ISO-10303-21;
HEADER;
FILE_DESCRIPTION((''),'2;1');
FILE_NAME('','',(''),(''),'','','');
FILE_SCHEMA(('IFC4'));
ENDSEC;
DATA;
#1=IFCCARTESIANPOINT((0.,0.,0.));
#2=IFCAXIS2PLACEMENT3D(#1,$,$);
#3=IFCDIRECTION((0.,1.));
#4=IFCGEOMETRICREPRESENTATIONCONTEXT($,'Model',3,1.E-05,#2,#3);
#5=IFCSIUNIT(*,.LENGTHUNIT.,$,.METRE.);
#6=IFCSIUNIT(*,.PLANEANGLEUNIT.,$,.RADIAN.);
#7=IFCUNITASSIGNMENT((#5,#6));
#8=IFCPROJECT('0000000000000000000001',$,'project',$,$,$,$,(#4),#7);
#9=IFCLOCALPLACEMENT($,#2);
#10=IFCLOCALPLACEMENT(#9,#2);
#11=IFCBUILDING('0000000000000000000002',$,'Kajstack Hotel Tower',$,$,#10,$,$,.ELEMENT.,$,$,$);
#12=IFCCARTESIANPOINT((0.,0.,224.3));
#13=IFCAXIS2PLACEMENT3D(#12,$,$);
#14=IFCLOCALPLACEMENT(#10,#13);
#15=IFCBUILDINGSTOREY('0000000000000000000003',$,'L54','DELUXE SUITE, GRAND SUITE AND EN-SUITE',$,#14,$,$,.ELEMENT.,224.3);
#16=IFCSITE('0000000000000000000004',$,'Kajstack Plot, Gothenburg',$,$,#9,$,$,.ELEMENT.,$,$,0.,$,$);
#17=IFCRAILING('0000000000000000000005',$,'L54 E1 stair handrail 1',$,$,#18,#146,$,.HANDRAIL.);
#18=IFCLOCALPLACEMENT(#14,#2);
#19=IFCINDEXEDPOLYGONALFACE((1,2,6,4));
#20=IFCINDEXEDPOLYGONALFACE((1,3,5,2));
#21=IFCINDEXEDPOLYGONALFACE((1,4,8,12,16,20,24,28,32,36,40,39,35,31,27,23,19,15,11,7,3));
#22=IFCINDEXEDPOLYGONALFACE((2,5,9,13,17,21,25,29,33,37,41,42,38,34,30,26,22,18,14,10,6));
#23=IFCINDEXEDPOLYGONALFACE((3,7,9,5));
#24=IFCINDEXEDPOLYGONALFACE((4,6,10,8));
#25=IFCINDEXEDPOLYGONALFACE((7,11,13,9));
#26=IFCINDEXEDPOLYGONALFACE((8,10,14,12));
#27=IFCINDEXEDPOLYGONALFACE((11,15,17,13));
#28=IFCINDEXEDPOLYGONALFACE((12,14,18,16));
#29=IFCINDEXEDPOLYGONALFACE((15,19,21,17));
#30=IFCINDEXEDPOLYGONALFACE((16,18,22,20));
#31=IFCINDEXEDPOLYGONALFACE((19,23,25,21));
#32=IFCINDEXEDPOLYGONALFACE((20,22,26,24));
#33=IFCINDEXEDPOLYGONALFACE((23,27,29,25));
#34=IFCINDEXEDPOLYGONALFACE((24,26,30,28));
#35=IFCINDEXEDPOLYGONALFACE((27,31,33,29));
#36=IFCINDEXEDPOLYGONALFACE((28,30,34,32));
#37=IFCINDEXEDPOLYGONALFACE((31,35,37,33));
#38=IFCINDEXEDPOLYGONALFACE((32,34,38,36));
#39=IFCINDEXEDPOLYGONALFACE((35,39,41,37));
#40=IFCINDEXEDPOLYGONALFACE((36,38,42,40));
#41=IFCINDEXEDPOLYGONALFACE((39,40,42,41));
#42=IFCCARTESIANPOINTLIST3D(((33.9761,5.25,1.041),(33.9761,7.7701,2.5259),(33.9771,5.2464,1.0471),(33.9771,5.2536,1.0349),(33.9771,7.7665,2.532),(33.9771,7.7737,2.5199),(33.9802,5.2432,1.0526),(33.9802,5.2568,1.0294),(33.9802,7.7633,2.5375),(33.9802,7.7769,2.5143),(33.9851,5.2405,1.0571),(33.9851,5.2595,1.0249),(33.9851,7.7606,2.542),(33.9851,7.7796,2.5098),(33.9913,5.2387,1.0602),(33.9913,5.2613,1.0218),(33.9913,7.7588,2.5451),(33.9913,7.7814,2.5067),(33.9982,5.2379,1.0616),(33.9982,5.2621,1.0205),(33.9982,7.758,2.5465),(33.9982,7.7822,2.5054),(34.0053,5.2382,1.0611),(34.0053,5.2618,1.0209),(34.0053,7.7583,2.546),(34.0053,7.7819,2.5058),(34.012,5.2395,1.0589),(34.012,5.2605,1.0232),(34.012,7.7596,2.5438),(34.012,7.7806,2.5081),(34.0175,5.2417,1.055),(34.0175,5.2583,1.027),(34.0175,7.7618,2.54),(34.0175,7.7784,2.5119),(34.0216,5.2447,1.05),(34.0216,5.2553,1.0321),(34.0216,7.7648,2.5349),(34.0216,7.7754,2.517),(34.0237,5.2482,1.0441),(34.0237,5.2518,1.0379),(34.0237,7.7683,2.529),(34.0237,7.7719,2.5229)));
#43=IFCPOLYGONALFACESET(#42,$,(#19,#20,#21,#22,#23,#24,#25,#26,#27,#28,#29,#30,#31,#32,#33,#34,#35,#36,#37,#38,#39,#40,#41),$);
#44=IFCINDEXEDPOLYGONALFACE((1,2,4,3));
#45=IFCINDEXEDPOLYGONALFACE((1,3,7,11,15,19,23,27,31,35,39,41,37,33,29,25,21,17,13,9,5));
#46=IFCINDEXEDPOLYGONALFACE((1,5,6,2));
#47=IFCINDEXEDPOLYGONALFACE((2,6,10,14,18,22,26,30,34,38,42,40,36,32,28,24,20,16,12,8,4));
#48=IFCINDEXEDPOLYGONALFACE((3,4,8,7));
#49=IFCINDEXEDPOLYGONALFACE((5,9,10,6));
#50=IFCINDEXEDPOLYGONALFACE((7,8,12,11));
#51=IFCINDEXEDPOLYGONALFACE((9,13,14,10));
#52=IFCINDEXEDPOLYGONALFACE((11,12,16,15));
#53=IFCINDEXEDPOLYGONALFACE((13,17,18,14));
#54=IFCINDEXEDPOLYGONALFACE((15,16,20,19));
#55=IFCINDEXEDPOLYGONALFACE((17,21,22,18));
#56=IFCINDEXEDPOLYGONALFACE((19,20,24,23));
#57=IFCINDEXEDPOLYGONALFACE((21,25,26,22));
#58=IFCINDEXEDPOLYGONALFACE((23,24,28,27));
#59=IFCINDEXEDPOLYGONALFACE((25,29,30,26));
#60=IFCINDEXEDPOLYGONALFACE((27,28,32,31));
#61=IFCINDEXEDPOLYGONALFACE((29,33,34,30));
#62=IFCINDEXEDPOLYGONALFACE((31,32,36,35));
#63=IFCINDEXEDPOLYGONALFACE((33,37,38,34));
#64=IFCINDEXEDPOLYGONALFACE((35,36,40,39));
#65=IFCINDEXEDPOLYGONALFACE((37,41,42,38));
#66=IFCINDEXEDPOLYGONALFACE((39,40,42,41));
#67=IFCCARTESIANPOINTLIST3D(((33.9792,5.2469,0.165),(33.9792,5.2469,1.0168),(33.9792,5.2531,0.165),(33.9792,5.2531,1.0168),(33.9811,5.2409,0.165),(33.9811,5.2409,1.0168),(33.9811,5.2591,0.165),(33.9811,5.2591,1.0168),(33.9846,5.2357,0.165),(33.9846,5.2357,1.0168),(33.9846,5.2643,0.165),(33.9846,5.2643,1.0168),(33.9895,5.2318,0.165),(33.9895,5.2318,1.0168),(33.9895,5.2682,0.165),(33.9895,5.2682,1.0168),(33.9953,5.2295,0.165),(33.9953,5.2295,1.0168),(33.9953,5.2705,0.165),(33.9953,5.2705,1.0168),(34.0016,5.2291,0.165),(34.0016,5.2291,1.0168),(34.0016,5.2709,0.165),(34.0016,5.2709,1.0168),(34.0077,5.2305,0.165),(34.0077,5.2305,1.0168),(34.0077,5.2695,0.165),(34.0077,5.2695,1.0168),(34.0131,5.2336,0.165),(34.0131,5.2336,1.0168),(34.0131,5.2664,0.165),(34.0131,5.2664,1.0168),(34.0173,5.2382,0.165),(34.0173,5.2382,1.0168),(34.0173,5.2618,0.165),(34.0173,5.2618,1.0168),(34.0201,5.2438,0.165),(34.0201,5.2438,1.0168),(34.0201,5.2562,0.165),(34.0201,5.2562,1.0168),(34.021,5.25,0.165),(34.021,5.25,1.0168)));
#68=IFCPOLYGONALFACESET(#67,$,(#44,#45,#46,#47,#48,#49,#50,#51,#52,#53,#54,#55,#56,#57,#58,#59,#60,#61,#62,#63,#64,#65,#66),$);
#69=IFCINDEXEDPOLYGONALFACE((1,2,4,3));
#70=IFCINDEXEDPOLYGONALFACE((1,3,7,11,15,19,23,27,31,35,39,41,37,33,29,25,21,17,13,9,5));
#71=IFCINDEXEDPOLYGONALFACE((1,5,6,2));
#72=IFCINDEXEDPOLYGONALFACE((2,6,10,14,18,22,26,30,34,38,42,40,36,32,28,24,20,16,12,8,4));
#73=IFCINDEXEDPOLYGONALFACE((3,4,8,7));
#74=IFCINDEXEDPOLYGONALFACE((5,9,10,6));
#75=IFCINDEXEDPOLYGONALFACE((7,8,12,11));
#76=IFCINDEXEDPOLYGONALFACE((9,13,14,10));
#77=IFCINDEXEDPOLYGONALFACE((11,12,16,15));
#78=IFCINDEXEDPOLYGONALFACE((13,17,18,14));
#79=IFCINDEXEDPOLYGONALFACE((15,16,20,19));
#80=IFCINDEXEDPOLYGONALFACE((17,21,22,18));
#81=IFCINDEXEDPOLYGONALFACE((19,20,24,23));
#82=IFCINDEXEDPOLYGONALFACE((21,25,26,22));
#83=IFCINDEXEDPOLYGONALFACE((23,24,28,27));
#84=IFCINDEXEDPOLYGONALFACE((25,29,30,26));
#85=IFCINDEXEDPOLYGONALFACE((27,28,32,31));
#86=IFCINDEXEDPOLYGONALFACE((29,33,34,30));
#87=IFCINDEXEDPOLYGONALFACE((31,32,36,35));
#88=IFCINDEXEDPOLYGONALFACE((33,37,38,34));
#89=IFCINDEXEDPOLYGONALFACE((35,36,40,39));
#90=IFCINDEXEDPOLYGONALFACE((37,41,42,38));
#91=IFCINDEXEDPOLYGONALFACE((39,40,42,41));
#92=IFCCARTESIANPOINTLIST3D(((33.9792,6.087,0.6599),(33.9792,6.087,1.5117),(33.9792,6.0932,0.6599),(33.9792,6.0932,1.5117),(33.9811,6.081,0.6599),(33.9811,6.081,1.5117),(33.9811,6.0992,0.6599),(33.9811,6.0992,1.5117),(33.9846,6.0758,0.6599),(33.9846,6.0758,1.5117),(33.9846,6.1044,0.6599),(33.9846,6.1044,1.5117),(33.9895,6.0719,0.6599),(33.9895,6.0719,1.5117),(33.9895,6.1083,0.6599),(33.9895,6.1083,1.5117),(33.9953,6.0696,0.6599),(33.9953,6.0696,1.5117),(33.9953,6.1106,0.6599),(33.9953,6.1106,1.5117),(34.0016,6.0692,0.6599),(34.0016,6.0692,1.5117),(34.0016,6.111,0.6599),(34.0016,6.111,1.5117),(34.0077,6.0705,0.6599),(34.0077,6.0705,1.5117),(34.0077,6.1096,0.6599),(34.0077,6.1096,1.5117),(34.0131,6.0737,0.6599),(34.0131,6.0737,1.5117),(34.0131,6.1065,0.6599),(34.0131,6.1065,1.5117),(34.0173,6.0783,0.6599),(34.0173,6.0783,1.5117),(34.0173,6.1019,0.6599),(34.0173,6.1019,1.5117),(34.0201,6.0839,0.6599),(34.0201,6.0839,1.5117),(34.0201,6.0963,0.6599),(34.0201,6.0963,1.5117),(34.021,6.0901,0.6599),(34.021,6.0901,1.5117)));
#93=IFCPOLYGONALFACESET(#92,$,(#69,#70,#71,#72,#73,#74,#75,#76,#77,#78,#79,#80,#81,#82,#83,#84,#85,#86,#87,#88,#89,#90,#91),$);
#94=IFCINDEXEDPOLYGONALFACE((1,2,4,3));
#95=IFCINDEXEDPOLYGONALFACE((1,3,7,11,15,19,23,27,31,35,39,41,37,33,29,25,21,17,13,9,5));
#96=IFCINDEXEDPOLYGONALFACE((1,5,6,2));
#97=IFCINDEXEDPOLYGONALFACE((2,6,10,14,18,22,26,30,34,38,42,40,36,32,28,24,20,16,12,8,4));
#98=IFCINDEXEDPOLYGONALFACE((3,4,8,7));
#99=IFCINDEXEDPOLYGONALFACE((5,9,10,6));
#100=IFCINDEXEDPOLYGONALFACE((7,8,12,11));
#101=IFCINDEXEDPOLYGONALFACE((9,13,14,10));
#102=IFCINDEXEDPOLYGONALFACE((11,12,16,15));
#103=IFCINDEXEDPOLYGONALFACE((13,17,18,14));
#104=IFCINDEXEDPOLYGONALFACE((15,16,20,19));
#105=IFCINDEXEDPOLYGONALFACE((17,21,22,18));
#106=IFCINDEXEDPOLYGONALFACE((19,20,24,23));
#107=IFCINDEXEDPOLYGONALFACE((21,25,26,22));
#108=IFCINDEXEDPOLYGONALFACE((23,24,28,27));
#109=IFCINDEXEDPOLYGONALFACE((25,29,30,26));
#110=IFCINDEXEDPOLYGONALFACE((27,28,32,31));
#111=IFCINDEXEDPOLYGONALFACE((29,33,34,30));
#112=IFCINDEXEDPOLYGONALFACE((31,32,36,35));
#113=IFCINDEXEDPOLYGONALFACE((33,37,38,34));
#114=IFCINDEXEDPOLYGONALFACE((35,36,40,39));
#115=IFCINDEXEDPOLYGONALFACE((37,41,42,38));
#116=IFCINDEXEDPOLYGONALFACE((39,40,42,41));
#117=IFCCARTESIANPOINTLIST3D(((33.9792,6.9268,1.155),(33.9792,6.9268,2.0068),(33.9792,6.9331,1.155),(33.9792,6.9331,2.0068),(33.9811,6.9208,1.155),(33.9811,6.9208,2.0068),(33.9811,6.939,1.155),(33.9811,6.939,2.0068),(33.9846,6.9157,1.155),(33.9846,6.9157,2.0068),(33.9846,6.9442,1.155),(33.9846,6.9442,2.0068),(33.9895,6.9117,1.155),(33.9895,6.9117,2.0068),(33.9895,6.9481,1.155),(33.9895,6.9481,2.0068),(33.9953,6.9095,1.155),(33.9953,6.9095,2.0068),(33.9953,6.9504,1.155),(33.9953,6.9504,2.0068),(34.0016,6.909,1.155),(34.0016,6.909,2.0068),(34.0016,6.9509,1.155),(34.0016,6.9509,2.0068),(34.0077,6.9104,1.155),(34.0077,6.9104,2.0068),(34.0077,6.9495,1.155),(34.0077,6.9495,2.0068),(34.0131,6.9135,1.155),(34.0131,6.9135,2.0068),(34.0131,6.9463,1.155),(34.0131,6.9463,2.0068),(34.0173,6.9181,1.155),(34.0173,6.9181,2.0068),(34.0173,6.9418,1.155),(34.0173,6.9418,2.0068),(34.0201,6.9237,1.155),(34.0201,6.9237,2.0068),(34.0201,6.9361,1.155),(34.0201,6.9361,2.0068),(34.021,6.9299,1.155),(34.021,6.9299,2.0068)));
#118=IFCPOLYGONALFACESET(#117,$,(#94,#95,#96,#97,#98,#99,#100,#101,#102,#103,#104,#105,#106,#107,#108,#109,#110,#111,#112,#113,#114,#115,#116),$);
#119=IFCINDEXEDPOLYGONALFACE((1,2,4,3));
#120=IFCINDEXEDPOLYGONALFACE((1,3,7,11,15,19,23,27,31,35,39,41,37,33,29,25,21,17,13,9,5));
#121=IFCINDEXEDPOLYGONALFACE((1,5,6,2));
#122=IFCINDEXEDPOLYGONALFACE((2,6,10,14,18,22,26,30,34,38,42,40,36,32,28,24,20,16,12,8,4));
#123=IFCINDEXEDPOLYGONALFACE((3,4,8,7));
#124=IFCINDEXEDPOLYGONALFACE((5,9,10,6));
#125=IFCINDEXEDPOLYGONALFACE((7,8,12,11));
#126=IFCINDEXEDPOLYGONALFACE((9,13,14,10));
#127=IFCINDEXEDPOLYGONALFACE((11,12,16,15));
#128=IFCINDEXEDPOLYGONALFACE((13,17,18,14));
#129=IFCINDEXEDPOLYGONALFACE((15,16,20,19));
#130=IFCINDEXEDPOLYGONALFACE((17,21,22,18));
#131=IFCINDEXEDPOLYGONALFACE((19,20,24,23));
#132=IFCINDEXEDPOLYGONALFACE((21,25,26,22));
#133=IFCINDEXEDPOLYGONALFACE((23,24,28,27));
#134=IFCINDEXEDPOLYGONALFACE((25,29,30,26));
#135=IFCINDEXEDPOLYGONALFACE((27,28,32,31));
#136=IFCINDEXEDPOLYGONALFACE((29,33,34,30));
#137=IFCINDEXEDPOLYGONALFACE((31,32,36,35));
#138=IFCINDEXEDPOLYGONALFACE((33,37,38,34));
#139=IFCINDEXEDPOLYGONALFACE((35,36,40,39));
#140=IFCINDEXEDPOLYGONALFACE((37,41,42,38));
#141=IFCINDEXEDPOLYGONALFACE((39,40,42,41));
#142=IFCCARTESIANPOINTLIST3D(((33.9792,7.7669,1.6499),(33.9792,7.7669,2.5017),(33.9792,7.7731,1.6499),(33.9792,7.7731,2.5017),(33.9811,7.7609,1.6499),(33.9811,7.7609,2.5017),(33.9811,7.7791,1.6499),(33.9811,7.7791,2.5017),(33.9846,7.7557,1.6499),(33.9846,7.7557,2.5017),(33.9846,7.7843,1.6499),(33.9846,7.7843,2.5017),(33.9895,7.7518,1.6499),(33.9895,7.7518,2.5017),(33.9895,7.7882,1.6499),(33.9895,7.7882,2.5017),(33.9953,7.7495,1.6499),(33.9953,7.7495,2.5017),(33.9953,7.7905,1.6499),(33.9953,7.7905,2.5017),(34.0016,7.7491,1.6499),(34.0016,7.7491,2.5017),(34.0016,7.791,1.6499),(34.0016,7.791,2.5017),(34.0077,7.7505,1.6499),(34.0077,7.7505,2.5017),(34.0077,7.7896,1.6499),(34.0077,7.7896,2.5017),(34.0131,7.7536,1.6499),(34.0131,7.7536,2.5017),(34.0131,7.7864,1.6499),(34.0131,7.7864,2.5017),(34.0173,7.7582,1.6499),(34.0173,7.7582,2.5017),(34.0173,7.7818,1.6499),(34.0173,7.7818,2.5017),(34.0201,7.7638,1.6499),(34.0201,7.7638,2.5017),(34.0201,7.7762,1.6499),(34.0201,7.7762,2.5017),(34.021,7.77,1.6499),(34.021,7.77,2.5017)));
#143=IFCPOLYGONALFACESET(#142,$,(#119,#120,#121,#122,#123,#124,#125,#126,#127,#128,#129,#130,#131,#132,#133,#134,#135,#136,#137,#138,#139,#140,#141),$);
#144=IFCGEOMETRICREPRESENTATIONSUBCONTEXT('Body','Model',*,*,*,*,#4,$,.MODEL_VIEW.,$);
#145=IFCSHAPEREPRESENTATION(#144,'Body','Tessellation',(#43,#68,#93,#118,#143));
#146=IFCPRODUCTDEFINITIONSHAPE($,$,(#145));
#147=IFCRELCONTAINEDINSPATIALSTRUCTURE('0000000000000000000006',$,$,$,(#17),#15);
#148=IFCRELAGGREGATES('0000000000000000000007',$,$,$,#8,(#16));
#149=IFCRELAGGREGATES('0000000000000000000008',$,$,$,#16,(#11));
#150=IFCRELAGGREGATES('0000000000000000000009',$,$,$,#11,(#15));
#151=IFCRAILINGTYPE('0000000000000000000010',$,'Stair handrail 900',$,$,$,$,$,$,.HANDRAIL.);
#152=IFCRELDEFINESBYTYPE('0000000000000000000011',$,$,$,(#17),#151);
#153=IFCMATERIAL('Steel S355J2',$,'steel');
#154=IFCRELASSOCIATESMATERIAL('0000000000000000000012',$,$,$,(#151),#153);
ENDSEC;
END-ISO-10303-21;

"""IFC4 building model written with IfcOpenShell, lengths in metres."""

from ifc_helpers import new_model, si_unit, direction, frame, origin, origin_2d, place, context, subcontext, project, spatial, circle, extrude, material, type_object, element, save


model = new_model("IFC4")

# Units and contexts
model_context = context("Model", 3, precision=1e-05, world=origin(), true_north=direction((0.0, 1.0)))
body_context = subcontext(model_context, "Body", "Model", "MODEL_VIEW")
ifc_project = project(units=[si_unit("LENGTHUNIT", "METRE"), si_unit("PLANEANGLEUNIT", "RADIAN")], contexts=[model_context])

# Site, building, storey
site_placement = place(None, origin())
site = spatial("IfcSite", under=ifc_project, at=site_placement, Name="Kajstack Plot, Gothenburg", CompositionType="ELEMENT", RefElevation=0.0)
building_placement = place(site_placement, origin())
building = spatial("IfcBuilding", under=site, at=building_placement, Name="Kajstack Hotel Tower", CompositionType="ELEMENT")
storey_placement = place(building_placement, frame((0.0, 0.0, 224.3)))
storey = spatial("IfcBuildingStorey", under=building, at=storey_placement, Name="L54", Description="DELUXE SUITE, GRAND SUITE AND EN-SUITE", CompositionType="ELEMENT", Elevation=224.3)

# Railing
ifc_material_1 = material(Name="Steel S355J2", Category="steel")
railing_type_1 = type_object("IfcRailingType", Name="Stair handrail 900", PredefinedType="HANDRAIL", material=ifc_material_1)
railing_1_placement = place(storey_placement, frame((34.0, 5.25, 0.165)))
element("IfcRailing", 1, at=railing_1_placement, inside=storey, type_object=railing_type_1, Name="L54 E1 stair handrail 1", PredefinedType="HANDRAIL", context=body_context, shape_type="SweptSolid", body=[
    extrude(circle(Radius=0.0239, at=origin_2d()), frame((0.0, 0.0, 0.876), z_axis=(0.0, 0.861561, 0.507655), x_axis=(-1.0, 0.0, 0.0)), (0.0, 0.0, 1.0), 2.925),
    extrude(circle(Radius=0.021, at=origin_2d()), origin(), (0.0, 0.0, 1.0), 0.8518),
    extrude(circle(Radius=0.021, at=origin_2d()), frame((0.0, 0.8401, 0.4949)), (0.0, 0.0, 1.0), 0.8518),
    extrude(circle(Radius=0.021, at=origin_2d()), frame((0.0, 1.6799, 0.99)), (0.0, 0.0, 1.0), 0.8518),
    extrude(circle(Radius=0.021, at=origin_2d()), frame((0.0, 2.52, 1.4849)), (0.0, 0.0, 1.0), 0.8518),
])

save(model, "model.ifc")
